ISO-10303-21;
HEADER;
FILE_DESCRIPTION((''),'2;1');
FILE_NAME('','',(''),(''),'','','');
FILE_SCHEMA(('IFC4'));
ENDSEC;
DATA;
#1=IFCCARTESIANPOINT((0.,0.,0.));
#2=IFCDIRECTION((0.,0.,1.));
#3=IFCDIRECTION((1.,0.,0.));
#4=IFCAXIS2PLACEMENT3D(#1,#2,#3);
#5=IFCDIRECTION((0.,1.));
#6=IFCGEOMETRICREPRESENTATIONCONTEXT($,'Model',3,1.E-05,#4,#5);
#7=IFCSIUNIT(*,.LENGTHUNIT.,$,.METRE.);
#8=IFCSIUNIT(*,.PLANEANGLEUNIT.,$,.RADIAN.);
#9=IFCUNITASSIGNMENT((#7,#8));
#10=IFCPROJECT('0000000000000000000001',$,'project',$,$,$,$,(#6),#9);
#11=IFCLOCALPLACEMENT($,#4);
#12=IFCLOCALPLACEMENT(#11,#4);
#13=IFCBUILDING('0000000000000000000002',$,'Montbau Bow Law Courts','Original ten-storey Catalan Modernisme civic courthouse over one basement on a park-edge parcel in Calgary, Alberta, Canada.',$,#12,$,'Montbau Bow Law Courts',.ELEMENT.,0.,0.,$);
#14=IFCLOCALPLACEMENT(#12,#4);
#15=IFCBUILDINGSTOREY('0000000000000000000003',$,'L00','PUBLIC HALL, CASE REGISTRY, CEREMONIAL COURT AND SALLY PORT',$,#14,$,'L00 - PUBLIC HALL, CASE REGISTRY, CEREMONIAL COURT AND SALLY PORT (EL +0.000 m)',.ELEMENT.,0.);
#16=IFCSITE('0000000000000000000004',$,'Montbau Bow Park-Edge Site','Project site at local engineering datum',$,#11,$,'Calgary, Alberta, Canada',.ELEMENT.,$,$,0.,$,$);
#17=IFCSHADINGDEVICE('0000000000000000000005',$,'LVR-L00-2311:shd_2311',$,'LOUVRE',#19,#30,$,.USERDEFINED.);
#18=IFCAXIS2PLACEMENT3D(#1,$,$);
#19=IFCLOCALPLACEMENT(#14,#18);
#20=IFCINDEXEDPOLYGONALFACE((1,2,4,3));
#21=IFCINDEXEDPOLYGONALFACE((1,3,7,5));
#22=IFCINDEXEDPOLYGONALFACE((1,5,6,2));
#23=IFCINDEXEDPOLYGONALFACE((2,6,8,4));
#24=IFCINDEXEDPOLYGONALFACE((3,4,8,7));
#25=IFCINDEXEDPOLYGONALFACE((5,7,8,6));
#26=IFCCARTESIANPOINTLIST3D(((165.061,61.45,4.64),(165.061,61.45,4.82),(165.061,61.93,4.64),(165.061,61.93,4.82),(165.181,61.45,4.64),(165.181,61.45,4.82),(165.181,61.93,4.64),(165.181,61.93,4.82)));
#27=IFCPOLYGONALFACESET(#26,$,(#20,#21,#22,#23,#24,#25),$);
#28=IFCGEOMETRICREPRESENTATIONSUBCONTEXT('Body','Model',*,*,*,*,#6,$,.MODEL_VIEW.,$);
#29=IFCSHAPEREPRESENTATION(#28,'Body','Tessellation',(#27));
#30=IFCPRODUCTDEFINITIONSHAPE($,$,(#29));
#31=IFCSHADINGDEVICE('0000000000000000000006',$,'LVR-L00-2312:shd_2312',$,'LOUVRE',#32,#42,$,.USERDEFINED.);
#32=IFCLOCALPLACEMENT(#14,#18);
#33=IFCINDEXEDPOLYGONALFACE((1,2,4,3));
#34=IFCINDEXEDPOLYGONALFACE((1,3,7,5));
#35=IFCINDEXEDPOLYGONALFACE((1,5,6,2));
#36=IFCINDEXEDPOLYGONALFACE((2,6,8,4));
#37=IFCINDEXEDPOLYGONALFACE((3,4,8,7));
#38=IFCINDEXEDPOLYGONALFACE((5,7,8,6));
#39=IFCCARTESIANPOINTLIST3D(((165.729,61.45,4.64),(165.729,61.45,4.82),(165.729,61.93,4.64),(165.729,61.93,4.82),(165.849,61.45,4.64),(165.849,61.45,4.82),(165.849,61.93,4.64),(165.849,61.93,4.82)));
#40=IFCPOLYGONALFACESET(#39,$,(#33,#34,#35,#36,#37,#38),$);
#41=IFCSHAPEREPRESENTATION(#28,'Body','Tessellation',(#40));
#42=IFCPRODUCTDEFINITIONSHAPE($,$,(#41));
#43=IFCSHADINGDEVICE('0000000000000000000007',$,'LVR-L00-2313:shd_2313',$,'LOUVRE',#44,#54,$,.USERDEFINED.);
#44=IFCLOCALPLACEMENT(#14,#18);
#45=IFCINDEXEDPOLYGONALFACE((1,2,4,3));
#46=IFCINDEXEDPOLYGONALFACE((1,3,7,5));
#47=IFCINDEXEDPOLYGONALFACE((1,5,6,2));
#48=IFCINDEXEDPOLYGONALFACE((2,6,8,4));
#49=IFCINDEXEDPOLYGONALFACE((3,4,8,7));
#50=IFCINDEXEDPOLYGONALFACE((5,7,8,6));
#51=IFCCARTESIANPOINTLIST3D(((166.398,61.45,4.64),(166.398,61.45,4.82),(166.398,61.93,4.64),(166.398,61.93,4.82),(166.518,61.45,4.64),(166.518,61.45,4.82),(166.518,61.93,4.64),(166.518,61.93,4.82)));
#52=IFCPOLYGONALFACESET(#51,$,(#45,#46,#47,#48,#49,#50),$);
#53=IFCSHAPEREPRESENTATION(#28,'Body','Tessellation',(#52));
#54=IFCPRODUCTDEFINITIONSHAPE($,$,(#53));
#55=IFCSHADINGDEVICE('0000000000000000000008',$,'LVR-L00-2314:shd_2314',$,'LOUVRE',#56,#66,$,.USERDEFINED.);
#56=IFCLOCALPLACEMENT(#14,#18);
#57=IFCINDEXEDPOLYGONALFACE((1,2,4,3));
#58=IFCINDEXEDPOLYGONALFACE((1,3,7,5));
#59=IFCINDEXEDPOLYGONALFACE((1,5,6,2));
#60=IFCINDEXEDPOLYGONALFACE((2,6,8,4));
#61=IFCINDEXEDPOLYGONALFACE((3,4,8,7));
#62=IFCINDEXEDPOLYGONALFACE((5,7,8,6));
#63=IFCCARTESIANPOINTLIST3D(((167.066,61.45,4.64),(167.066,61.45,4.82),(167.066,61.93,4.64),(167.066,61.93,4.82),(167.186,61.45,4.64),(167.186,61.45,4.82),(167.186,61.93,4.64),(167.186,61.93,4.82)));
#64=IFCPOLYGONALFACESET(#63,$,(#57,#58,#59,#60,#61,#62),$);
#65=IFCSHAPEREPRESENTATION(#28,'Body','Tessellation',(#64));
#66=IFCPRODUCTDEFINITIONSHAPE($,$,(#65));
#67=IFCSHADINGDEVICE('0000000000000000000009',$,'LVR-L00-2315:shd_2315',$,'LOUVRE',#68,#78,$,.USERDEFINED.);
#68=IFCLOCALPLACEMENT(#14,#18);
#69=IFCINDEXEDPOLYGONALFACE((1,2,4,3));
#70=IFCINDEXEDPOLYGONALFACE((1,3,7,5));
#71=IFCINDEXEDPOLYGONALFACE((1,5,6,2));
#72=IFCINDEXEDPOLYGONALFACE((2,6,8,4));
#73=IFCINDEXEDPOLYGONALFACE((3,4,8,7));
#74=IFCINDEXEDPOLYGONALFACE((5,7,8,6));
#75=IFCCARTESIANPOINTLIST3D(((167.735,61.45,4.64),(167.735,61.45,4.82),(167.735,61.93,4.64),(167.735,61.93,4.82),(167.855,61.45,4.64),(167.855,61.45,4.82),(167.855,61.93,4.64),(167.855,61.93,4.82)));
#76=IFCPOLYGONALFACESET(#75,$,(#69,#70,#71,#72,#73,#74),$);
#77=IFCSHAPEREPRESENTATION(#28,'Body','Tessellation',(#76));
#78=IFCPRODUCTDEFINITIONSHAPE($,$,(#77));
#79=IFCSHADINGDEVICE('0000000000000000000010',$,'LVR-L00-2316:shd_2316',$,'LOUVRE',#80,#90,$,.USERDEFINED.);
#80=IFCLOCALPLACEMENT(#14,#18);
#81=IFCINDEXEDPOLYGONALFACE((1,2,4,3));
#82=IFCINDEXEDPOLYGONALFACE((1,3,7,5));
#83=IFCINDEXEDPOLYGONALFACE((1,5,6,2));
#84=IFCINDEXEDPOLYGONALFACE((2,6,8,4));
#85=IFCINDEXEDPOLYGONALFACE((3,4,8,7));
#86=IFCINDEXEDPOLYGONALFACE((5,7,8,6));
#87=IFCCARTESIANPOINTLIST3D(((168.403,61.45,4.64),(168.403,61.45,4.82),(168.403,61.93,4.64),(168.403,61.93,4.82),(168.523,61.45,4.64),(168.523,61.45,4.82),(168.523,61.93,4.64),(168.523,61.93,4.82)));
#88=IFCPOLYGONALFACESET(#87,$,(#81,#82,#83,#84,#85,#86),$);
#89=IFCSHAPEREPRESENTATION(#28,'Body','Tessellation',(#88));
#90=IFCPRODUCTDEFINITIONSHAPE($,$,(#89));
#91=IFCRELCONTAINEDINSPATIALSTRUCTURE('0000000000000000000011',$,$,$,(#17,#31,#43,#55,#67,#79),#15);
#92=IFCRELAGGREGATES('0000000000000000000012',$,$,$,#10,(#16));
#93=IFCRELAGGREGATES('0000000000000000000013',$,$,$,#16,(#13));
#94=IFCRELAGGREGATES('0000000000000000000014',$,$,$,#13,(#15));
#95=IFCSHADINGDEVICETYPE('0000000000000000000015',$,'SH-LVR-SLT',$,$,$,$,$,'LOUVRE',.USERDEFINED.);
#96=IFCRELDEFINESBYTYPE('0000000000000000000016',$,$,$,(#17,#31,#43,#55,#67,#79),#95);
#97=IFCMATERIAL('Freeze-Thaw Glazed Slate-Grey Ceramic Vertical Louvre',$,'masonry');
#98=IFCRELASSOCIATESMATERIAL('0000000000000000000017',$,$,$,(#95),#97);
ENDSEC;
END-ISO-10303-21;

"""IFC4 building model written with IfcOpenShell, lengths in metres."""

from ifc_helpers import new_model, si_unit, direction, frame, origin_with_axes, origin_2d_with_axis, place, context, subcontext, project, spatial, rectangle, extrude, material, type_object, element, save


model = new_model("IFC4")

# Units and contexts
model_context = context("Model", 3, precision=1e-05, world=origin_with_axes(), true_north=direction((0.0, 1.0)))
body_context = subcontext(model_context, "Body", "Model", "MODEL_VIEW")
ifc_project = project(units=[si_unit("LENGTHUNIT", "METRE"), si_unit("PLANEANGLEUNIT", "RADIAN")], contexts=[model_context])

# Site, building, storey
site_placement = place(None, origin_with_axes())
site = spatial("IfcSite", under=ifc_project, at=site_placement, Name="Montbau Bow Park-Edge Site", Description="Project site at local engineering datum", LongName="Calgary, Alberta, Canada", CompositionType="ELEMENT", RefElevation=0.0)
building_placement = place(site_placement, origin_with_axes())
building = spatial("IfcBuilding", under=site, at=building_placement, Name="Montbau Bow Law Courts", Description="Original ten-storey Catalan Modernisme civic courthouse over one basement on a park-edge parcel in Calgary, Alberta, Canada.", LongName="Montbau Bow Law Courts", CompositionType="ELEMENT", ElevationOfRefHeight=0.0, ElevationOfTerrain=0.0)
storey_placement = place(building_placement, origin_with_axes())
storey = spatial("IfcBuildingStorey", under=building, at=storey_placement, Name="L00", Description="PUBLIC HALL, CASE REGISTRY, CEREMONIAL COURT AND SALLY PORT", LongName="L00 - PUBLIC HALL, CASE REGISTRY, CEREMONIAL COURT AND SALLY PORT (EL +0.000 m)", CompositionType="ELEMENT", Elevation=0.0)

# Shading devices
ifc_material_1 = material(Name="Freeze-Thaw Glazed Slate-Grey Ceramic Vertical Louvre", Category="masonry")
shading_device_type = type_object("IfcShadingDeviceType", Name="SH-LVR-SLT", ElementType="LOUVRE", PredefinedType="USERDEFINED", material=ifc_material_1)
for number, where, z_axis, x_axis, name in (
    (1, (165.121, 61.69, 4.64), (0.0, 0.0, 1.0), (0.0, -1.0, 0.0), "LVR-L00-2311:shd_2311"),
    (2, (165.789, 61.69, 4.64), (0.0, 0.0, 1.0), (0.0, -1.0, 0.0), "LVR-L00-2312:shd_2312"),
    (3, (166.458, 61.69, 4.64), (0.0, 0.0, 1.0), (0.0, -1.0, 0.0), "LVR-L00-2313:shd_2313"),
    (4, (167.126, 61.69, 4.64), (0.0, 0.0, 1.0), (0.0, -1.0, 0.0), "LVR-L00-2314:shd_2314"),
    (5, (167.795, 61.69, 4.64), (0.0, 0.0, 1.0), (0.0, -1.0, 0.0), "LVR-L00-2315:shd_2315"),
    (6, (168.463, 61.69, 4.64), (0.0, 0.0, 1.0), (0.0, -1.0, 0.0), "LVR-L00-2316:shd_2316"),
):
    element("IfcShadingDevice", number, at=place(None, frame(where, z_axis=z_axis, x_axis=x_axis)), inside=storey, type_object=shading_device_type, Name=name, ObjectType="LOUVRE", PredefinedType="USERDEFINED", context=body_context, shape_type="SweptSolid", body=[
        extrude(rectangle(XDim=0.48, YDim=0.12, at=origin_2d_with_axis()), origin_with_axes(), (0.0, 0.0, 1.0), 0.18),
    ])

save(model, "model.ifc")
